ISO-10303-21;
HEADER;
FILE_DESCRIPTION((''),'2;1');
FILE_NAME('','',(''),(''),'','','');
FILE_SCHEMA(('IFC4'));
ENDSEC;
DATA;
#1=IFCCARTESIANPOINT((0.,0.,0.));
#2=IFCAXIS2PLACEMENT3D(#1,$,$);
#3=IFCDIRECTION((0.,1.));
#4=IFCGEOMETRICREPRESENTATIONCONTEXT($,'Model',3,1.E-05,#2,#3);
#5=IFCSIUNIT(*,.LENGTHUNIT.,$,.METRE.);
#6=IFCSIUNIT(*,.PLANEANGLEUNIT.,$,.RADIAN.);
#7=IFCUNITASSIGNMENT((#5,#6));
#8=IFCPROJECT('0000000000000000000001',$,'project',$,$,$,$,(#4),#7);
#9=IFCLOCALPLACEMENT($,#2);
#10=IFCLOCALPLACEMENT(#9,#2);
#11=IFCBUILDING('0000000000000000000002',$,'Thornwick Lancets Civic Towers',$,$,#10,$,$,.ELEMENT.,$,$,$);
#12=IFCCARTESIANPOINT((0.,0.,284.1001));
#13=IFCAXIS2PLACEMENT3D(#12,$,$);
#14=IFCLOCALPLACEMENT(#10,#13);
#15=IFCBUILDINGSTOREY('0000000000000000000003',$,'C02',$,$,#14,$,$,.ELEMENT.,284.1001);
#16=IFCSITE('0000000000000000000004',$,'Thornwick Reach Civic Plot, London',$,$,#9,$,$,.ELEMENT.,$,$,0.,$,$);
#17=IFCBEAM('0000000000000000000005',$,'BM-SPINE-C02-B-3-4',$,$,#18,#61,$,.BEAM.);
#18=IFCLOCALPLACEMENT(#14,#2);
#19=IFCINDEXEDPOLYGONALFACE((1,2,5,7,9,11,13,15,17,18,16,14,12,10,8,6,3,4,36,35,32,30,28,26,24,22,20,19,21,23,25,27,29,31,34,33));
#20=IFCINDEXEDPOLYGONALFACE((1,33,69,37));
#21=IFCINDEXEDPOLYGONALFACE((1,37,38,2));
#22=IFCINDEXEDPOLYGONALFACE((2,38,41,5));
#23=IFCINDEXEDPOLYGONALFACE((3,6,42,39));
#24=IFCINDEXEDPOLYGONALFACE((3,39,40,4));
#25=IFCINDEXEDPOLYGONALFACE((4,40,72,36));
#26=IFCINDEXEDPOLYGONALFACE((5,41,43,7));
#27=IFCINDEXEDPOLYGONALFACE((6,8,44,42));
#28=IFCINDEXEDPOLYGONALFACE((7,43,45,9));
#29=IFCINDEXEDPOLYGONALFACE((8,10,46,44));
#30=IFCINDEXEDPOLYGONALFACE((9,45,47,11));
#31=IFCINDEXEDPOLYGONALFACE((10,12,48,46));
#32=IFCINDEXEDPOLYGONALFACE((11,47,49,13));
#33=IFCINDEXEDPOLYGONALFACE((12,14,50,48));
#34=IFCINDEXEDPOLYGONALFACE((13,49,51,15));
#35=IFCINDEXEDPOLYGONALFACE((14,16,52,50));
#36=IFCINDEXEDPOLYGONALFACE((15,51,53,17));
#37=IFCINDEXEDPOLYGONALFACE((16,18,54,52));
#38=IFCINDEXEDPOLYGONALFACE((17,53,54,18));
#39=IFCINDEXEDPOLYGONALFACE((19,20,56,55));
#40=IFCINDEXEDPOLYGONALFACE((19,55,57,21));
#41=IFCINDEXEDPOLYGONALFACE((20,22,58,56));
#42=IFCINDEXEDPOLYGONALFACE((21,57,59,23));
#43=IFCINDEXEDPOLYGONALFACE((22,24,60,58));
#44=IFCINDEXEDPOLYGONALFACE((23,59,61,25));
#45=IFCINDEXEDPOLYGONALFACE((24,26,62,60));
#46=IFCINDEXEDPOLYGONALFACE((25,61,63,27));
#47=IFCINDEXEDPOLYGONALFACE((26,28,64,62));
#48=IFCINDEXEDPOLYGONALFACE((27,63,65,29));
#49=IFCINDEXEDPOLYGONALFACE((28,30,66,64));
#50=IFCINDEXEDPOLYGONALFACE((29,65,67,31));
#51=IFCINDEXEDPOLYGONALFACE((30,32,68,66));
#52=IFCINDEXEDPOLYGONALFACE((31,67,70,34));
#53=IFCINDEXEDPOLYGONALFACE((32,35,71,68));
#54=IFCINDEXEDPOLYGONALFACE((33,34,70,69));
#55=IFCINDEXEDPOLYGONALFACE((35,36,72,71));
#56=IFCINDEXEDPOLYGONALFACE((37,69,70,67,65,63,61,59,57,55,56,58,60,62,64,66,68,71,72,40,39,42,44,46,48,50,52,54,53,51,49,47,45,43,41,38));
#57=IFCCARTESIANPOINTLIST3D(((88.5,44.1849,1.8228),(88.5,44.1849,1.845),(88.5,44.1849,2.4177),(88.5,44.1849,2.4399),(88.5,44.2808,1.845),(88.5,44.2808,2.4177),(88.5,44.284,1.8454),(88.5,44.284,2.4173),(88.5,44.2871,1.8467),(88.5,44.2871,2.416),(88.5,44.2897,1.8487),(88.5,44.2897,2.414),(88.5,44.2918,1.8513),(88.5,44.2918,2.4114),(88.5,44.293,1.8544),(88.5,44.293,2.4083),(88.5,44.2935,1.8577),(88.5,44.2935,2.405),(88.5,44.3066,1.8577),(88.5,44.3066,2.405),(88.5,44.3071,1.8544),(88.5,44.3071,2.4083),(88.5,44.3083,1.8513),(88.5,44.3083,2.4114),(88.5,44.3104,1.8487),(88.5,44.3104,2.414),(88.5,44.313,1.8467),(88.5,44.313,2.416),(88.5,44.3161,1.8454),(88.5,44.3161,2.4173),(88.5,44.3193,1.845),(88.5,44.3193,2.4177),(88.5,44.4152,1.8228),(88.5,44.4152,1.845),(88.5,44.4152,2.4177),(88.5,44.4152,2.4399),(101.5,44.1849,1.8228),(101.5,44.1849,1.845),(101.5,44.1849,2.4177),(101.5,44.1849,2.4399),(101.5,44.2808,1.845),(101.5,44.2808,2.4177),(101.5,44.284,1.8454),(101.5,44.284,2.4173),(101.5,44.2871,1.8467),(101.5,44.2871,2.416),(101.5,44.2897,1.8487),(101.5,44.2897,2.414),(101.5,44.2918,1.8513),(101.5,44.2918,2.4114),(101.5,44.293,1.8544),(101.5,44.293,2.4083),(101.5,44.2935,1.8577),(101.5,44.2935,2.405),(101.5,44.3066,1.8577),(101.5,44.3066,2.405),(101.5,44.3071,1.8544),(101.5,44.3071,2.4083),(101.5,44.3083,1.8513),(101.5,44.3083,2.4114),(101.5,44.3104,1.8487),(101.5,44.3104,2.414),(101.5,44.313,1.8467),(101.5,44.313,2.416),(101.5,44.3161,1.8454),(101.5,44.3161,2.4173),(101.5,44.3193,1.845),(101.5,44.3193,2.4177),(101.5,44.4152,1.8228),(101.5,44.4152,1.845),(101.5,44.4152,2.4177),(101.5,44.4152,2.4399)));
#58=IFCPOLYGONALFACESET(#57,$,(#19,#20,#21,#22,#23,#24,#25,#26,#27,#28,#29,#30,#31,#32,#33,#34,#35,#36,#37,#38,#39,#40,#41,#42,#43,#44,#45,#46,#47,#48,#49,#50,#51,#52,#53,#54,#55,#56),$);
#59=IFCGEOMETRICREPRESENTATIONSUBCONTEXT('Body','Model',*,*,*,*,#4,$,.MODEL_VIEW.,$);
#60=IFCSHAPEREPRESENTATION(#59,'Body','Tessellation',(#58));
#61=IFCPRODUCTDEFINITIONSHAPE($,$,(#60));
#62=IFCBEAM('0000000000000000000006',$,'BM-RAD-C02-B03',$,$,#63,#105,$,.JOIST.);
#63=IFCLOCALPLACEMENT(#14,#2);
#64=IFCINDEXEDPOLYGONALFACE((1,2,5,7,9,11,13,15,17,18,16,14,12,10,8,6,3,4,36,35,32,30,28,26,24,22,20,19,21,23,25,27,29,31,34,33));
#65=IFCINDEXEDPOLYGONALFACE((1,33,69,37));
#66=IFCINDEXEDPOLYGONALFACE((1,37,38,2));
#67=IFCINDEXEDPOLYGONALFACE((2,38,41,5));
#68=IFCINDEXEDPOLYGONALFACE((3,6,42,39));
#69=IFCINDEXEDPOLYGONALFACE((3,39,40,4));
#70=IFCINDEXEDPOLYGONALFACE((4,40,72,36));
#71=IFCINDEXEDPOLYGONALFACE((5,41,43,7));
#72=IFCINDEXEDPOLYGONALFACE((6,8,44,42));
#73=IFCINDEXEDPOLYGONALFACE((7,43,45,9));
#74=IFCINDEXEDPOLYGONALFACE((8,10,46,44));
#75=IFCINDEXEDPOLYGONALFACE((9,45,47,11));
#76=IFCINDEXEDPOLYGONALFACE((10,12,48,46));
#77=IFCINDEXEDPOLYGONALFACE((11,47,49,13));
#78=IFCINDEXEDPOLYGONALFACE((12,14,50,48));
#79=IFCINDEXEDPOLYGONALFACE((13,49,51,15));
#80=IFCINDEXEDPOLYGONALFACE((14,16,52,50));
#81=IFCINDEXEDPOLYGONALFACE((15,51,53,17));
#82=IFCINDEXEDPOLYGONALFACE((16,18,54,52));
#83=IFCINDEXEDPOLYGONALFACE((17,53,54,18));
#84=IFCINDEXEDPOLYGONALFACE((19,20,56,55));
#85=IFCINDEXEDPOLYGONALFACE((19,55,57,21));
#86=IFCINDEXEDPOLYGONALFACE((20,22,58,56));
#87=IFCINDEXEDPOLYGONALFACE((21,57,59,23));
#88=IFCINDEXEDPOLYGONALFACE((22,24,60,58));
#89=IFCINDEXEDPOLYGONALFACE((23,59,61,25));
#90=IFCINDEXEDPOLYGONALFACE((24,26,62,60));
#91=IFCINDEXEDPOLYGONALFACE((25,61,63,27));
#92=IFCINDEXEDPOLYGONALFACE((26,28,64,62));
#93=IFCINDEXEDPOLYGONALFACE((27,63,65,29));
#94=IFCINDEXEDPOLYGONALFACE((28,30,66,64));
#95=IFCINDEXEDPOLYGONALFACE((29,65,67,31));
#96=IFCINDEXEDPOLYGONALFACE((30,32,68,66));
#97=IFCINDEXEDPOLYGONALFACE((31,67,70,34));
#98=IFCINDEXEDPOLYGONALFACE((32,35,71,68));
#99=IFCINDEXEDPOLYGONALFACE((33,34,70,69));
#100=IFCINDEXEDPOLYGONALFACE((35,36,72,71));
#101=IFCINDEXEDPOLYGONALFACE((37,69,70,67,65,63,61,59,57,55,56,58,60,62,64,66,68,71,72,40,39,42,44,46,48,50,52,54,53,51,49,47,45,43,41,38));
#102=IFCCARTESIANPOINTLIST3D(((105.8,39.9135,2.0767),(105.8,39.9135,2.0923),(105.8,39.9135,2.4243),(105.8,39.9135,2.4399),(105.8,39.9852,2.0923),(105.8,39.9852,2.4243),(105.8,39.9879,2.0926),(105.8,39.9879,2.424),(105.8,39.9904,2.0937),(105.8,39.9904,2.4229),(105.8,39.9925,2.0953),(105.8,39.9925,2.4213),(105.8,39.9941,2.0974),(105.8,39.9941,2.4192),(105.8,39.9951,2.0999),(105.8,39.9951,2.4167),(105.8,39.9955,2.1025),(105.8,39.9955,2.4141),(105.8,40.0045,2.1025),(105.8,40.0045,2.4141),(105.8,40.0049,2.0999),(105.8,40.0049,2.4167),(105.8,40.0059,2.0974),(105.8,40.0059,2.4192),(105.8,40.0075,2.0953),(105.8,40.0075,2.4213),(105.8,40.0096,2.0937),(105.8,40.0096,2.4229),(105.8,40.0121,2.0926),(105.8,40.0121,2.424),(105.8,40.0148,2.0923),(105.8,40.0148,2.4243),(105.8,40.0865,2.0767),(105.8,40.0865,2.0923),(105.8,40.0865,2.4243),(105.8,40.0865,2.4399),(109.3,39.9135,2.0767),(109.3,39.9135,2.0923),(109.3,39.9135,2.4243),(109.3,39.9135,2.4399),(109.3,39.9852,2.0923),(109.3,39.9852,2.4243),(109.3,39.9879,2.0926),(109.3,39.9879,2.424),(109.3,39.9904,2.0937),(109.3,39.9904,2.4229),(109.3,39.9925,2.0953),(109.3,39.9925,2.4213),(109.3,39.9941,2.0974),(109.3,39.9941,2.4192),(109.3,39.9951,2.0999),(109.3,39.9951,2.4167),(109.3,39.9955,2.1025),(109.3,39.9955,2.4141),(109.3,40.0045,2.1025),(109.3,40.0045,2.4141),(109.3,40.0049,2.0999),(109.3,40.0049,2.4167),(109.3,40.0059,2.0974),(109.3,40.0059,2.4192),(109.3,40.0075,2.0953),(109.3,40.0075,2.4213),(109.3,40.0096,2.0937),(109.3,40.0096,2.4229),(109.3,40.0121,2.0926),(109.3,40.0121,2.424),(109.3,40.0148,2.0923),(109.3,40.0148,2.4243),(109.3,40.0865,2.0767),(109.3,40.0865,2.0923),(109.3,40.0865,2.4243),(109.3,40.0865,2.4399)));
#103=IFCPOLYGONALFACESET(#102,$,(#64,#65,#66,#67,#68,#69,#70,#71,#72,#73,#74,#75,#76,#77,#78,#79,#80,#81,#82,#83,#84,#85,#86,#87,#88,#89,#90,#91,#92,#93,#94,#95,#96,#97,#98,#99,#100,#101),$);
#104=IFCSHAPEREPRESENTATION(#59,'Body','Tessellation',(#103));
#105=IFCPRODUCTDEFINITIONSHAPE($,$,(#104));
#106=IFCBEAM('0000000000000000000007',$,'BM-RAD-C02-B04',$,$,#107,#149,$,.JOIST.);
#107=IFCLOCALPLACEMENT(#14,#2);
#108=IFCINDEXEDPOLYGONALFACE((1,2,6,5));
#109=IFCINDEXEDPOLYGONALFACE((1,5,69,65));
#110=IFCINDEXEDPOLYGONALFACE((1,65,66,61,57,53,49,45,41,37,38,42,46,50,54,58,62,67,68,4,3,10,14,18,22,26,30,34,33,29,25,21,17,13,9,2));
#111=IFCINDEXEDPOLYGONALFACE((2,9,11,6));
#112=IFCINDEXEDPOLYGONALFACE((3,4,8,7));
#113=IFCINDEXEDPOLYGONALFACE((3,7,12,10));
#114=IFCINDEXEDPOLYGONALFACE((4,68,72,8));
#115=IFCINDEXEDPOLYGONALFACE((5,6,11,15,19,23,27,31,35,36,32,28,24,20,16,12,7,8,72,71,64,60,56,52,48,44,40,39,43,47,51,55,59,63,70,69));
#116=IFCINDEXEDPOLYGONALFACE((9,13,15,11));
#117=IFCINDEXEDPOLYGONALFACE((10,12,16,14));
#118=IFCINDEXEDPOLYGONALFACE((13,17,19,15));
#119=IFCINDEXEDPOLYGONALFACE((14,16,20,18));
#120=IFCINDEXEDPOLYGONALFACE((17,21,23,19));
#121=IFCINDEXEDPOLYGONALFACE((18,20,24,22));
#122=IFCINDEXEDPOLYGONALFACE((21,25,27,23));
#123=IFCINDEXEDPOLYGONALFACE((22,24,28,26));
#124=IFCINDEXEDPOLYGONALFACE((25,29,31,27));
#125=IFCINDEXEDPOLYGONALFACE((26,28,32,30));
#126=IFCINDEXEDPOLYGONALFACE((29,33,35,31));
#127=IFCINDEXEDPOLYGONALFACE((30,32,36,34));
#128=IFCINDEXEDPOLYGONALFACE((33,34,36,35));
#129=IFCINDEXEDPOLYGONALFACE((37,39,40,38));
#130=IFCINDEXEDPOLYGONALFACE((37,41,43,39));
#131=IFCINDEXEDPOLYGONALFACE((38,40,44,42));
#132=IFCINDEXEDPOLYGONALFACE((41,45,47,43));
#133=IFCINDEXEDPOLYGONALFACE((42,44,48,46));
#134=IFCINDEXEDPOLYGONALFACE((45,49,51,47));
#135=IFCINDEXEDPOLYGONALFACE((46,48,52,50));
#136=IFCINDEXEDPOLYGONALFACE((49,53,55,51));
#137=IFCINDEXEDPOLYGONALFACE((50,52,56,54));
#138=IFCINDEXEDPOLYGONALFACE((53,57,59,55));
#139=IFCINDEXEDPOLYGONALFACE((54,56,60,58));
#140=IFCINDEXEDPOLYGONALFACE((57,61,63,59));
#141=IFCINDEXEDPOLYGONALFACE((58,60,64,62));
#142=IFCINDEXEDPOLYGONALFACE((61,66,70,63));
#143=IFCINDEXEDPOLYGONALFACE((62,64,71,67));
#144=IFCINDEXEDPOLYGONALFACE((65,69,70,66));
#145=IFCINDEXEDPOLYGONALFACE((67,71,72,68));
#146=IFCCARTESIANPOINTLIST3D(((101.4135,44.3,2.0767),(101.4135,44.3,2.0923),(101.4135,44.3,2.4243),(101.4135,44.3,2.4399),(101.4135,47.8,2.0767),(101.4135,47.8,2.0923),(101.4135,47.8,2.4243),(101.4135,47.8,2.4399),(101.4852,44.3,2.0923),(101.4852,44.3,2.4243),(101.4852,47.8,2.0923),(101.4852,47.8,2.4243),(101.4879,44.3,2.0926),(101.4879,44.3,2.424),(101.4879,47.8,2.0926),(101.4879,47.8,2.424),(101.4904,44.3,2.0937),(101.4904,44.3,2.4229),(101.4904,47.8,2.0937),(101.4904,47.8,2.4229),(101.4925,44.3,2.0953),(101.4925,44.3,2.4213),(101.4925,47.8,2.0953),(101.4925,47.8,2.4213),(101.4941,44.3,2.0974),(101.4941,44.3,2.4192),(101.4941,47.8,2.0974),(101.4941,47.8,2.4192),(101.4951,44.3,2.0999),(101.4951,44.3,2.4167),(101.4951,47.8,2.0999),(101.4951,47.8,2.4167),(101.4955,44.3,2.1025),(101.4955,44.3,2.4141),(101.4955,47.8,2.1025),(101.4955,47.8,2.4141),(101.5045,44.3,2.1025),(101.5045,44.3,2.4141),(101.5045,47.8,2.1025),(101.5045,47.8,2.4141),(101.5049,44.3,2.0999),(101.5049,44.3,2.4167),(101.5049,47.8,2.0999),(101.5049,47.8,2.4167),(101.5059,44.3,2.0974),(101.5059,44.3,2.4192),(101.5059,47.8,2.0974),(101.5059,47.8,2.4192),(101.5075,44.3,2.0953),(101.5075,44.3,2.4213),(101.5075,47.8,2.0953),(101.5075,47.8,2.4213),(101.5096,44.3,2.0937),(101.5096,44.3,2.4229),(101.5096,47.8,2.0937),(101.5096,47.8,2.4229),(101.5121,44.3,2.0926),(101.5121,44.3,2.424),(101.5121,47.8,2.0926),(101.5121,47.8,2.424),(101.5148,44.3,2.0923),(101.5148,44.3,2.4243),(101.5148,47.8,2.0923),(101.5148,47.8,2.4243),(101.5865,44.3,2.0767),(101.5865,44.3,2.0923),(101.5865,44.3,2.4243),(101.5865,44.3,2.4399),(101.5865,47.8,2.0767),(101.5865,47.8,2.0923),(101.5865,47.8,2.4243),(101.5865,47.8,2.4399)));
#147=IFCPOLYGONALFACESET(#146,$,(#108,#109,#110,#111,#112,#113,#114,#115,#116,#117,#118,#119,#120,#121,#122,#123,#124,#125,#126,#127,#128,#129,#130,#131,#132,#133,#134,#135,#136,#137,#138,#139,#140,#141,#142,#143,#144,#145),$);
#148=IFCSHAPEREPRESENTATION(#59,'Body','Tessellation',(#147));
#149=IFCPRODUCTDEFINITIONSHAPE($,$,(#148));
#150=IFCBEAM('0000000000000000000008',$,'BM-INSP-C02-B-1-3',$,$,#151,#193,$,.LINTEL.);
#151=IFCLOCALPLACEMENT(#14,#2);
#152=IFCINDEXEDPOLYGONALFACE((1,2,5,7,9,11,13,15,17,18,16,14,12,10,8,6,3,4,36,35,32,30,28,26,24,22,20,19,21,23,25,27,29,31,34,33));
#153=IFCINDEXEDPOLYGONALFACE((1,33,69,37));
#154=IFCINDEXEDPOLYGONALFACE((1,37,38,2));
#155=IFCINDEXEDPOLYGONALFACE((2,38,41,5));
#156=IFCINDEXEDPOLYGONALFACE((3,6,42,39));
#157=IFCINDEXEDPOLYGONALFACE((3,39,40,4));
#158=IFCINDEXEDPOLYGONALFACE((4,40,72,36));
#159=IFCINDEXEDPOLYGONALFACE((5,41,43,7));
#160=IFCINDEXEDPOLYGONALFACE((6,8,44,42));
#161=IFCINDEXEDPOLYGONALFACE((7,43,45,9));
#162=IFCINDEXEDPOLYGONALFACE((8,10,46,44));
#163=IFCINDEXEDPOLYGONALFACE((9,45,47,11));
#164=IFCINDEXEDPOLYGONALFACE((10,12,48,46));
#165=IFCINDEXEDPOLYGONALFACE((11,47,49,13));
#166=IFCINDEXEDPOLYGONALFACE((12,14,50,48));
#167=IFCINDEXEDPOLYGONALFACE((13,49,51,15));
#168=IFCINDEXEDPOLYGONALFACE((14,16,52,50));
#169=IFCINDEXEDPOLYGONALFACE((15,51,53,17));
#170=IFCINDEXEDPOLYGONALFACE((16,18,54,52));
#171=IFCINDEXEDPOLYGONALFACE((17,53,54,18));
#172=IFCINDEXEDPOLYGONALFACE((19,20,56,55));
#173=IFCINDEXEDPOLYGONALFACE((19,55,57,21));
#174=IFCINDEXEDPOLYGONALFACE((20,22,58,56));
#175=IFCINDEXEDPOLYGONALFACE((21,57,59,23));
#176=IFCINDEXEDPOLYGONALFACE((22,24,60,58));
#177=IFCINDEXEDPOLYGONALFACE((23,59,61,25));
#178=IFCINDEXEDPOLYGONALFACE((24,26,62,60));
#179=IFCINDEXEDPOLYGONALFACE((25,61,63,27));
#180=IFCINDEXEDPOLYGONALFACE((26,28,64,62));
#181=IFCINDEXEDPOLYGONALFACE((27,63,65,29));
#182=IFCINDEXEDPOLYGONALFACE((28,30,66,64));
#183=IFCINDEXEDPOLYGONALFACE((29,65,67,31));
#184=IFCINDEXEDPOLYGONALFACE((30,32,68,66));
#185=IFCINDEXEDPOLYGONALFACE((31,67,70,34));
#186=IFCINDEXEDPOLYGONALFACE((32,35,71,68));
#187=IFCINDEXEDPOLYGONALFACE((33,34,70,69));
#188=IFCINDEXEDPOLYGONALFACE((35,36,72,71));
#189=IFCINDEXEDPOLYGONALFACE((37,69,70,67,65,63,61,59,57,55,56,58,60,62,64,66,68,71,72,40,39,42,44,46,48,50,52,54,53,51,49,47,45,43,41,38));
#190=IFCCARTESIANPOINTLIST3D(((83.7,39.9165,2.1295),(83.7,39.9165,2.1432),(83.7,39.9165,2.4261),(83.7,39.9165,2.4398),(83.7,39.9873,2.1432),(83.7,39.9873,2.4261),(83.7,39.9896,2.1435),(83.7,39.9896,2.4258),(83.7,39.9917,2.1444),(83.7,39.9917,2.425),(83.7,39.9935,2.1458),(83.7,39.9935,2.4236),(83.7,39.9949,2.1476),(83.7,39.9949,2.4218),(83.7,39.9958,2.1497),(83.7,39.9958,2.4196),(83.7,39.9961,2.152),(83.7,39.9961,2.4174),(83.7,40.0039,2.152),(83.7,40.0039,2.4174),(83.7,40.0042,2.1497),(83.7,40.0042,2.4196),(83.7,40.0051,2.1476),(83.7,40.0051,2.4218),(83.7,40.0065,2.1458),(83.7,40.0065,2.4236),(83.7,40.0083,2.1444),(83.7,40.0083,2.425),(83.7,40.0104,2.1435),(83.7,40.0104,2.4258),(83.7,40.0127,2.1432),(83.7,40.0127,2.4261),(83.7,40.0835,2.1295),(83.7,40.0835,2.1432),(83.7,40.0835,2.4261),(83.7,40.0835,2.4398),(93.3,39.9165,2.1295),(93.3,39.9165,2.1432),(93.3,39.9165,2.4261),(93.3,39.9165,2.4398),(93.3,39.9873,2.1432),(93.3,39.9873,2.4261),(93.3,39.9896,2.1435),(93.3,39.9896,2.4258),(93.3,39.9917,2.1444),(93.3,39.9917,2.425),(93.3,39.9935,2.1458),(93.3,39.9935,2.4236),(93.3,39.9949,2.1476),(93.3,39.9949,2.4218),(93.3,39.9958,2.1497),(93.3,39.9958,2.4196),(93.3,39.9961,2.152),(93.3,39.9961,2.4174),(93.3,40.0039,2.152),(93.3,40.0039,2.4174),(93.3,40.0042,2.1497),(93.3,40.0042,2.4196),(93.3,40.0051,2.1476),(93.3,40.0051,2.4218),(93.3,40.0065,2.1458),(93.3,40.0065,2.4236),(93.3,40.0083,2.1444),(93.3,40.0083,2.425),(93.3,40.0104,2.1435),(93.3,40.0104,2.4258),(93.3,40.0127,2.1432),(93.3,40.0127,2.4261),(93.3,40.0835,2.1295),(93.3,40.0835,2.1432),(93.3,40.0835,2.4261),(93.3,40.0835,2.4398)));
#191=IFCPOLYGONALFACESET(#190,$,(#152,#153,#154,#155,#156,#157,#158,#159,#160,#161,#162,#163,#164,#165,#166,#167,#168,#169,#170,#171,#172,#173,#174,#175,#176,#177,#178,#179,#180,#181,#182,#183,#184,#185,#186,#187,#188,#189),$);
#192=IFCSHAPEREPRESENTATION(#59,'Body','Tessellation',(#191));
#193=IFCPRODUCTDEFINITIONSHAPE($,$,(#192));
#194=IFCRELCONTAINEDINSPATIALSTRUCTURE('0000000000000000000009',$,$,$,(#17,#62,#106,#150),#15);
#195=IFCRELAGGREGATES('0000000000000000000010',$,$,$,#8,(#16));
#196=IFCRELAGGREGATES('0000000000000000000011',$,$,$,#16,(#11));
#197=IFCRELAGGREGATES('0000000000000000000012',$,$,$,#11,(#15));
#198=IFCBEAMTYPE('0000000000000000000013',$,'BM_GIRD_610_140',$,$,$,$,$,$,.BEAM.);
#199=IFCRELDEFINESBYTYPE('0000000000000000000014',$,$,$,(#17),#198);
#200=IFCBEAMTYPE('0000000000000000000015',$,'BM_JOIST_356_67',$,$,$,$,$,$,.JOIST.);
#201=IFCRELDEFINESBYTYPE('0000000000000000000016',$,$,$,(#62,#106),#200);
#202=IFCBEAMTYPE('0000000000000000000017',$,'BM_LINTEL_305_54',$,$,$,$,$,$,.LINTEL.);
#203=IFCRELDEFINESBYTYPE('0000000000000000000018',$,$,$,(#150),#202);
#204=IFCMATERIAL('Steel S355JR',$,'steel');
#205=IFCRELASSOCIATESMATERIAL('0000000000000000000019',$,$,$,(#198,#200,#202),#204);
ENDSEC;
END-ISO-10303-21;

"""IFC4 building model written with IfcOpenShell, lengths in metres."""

from ifc_helpers import new_model, si_unit, direction, frame, origin, origin_2d, place, context, subcontext, project, spatial, i_section, extrude, material, material_profile, profile_set, type_object, element, save


model = new_model("IFC4")

# Units and contexts
model_context = context("Model", 3, precision=1e-05, world=origin(), true_north=direction((0.0, 1.0)))
body_context = subcontext(model_context, "Body", "Model", "MODEL_VIEW")
ifc_project = project(units=[si_unit("LENGTHUNIT", "METRE"), si_unit("PLANEANGLEUNIT", "RADIAN")], contexts=[model_context])

# Site, building, storey
site_placement = place(None, origin())
site = spatial("IfcSite", under=ifc_project, at=site_placement, Name="Thornwick Reach Civic Plot, London", CompositionType="ELEMENT", RefElevation=0.0)
building_placement = place(site_placement, origin())
building = spatial("IfcBuilding", under=site, at=building_placement, Name="Thornwick Lancets Civic Towers", CompositionType="ELEMENT")
storey_placement = place(building_placement, frame((0.0, 0.0, 284.1001)))
storey = spatial("IfcBuildingStorey", under=building, at=storey_placement, Name="C02", CompositionType="ELEMENT", Elevation=284.1001)

# Shared definitions
ifc_material_1 = material(Name="Steel S355JR", Category="steel")

# Beams
ifc_material_profile_1 = material_profile(ifc_material_1, i_section(OverallWidth=0.2302, OverallDepth=0.6172, WebThickness=0.0132, FlangeThickness=0.0222, FilletRadius=0.0127, at=origin_2d()), Name="UKB 610x229x140")
ifc_profile_set_1 = profile_set([ifc_material_profile_1], Name="Steel S355JR")
beam_type_1 = type_object("IfcBeamType", Name="BM_GIRD_610_140", PredefinedType="BEAM", material=ifc_profile_set_1)
beam_1_placement = place(storey_placement, frame((101.5, 44.3, 2.1313), z_axis=(-1.0, 0.0, 0.0), x_axis=(0.0, -1.0, 0.0)))
element("IfcBeam", 1, at=beam_1_placement, inside=storey, type_object=beam_type_1, Name="BM-SPINE-C02-B-3-4", PredefinedType="BEAM", context=body_context, shape_type="SweptSolid", body=[
    extrude(i_section(OverallWidth=0.2302, OverallDepth=0.6172, WebThickness=0.0132, FlangeThickness=0.0222, FilletRadius=0.0127, at=origin_2d()), origin(), (0.0, 0.0, 1.0), 13.0),
])
ifc_material_profile_2 = material_profile(ifc_material_1, i_section(OverallWidth=0.1731, OverallDepth=0.3633, WebThickness=0.009, FlangeThickness=0.0156, FilletRadius=0.0103, at=origin_2d()), Name="UKB 356x171x67")
ifc_profile_set_2 = profile_set([ifc_material_profile_2], Name="Steel S355JR")
beam_type_2 = type_object("IfcBeamType", Name="BM_JOIST_356_67", PredefinedType="JOIST", material=ifc_profile_set_2)
for number, where, z_axis, x_axis, name in (
    (2, (105.8, 40.0, 2.2583), (1.0, 0.0, 0.0), (0.0, 1.0, 0.0), "BM-RAD-C02-B03"),
    (3, (101.5, 44.3, 2.2583), (0.0, 1.0, 0.0), (-1.0, 0.0, 0.0), "BM-RAD-C02-B04"),
):
    element("IfcBeam", number, at=place(storey_placement, frame(where, z_axis=z_axis, x_axis=x_axis)), inside=storey, type_object=beam_type_2, Name=name, PredefinedType="JOIST", context=body_context, shape_type="SweptSolid", body=[
        extrude(i_section(OverallWidth=0.1731, OverallDepth=0.3633, WebThickness=0.009, FlangeThickness=0.0156, FilletRadius=0.0103, at=origin_2d()), origin(), (0.0, 0.0, 1.0), 3.5),
    ])
ifc_material_profile_3 = material_profile(ifc_material_1, i_section(OverallWidth=0.167, OverallDepth=0.3103, WebThickness=0.0078, FlangeThickness=0.0137, FilletRadius=0.0088, at=origin_2d()), Name="UKB 305x165x54")
ifc_profile_set_3 = profile_set([ifc_material_profile_3], Name="Steel S355JR")
beam_type_3 = type_object("IfcBeamType", Name="BM_LINTEL_305_54", PredefinedType="LINTEL", material=ifc_profile_set_3)
beam_2_placement = place(storey_placement, frame((93.3, 40.0, 2.2847), z_axis=(-1.0, 0.0, 0.0), x_axis=(0.0, -1.0, 0.0)))
element("IfcBeam", 4, at=beam_2_placement, inside=storey, type_object=beam_type_3, Name="BM-INSP-C02-B-1-3", PredefinedType="LINTEL", context=body_context, shape_type="SweptSolid", body=[
    extrude(i_section(OverallWidth=0.167, OverallDepth=0.3103, WebThickness=0.0078, FlangeThickness=0.0137, FilletRadius=0.0088, at=origin_2d()), origin(), (0.0, 0.0, 1.0), 9.6001),
])

save(model, "model.ifc")
